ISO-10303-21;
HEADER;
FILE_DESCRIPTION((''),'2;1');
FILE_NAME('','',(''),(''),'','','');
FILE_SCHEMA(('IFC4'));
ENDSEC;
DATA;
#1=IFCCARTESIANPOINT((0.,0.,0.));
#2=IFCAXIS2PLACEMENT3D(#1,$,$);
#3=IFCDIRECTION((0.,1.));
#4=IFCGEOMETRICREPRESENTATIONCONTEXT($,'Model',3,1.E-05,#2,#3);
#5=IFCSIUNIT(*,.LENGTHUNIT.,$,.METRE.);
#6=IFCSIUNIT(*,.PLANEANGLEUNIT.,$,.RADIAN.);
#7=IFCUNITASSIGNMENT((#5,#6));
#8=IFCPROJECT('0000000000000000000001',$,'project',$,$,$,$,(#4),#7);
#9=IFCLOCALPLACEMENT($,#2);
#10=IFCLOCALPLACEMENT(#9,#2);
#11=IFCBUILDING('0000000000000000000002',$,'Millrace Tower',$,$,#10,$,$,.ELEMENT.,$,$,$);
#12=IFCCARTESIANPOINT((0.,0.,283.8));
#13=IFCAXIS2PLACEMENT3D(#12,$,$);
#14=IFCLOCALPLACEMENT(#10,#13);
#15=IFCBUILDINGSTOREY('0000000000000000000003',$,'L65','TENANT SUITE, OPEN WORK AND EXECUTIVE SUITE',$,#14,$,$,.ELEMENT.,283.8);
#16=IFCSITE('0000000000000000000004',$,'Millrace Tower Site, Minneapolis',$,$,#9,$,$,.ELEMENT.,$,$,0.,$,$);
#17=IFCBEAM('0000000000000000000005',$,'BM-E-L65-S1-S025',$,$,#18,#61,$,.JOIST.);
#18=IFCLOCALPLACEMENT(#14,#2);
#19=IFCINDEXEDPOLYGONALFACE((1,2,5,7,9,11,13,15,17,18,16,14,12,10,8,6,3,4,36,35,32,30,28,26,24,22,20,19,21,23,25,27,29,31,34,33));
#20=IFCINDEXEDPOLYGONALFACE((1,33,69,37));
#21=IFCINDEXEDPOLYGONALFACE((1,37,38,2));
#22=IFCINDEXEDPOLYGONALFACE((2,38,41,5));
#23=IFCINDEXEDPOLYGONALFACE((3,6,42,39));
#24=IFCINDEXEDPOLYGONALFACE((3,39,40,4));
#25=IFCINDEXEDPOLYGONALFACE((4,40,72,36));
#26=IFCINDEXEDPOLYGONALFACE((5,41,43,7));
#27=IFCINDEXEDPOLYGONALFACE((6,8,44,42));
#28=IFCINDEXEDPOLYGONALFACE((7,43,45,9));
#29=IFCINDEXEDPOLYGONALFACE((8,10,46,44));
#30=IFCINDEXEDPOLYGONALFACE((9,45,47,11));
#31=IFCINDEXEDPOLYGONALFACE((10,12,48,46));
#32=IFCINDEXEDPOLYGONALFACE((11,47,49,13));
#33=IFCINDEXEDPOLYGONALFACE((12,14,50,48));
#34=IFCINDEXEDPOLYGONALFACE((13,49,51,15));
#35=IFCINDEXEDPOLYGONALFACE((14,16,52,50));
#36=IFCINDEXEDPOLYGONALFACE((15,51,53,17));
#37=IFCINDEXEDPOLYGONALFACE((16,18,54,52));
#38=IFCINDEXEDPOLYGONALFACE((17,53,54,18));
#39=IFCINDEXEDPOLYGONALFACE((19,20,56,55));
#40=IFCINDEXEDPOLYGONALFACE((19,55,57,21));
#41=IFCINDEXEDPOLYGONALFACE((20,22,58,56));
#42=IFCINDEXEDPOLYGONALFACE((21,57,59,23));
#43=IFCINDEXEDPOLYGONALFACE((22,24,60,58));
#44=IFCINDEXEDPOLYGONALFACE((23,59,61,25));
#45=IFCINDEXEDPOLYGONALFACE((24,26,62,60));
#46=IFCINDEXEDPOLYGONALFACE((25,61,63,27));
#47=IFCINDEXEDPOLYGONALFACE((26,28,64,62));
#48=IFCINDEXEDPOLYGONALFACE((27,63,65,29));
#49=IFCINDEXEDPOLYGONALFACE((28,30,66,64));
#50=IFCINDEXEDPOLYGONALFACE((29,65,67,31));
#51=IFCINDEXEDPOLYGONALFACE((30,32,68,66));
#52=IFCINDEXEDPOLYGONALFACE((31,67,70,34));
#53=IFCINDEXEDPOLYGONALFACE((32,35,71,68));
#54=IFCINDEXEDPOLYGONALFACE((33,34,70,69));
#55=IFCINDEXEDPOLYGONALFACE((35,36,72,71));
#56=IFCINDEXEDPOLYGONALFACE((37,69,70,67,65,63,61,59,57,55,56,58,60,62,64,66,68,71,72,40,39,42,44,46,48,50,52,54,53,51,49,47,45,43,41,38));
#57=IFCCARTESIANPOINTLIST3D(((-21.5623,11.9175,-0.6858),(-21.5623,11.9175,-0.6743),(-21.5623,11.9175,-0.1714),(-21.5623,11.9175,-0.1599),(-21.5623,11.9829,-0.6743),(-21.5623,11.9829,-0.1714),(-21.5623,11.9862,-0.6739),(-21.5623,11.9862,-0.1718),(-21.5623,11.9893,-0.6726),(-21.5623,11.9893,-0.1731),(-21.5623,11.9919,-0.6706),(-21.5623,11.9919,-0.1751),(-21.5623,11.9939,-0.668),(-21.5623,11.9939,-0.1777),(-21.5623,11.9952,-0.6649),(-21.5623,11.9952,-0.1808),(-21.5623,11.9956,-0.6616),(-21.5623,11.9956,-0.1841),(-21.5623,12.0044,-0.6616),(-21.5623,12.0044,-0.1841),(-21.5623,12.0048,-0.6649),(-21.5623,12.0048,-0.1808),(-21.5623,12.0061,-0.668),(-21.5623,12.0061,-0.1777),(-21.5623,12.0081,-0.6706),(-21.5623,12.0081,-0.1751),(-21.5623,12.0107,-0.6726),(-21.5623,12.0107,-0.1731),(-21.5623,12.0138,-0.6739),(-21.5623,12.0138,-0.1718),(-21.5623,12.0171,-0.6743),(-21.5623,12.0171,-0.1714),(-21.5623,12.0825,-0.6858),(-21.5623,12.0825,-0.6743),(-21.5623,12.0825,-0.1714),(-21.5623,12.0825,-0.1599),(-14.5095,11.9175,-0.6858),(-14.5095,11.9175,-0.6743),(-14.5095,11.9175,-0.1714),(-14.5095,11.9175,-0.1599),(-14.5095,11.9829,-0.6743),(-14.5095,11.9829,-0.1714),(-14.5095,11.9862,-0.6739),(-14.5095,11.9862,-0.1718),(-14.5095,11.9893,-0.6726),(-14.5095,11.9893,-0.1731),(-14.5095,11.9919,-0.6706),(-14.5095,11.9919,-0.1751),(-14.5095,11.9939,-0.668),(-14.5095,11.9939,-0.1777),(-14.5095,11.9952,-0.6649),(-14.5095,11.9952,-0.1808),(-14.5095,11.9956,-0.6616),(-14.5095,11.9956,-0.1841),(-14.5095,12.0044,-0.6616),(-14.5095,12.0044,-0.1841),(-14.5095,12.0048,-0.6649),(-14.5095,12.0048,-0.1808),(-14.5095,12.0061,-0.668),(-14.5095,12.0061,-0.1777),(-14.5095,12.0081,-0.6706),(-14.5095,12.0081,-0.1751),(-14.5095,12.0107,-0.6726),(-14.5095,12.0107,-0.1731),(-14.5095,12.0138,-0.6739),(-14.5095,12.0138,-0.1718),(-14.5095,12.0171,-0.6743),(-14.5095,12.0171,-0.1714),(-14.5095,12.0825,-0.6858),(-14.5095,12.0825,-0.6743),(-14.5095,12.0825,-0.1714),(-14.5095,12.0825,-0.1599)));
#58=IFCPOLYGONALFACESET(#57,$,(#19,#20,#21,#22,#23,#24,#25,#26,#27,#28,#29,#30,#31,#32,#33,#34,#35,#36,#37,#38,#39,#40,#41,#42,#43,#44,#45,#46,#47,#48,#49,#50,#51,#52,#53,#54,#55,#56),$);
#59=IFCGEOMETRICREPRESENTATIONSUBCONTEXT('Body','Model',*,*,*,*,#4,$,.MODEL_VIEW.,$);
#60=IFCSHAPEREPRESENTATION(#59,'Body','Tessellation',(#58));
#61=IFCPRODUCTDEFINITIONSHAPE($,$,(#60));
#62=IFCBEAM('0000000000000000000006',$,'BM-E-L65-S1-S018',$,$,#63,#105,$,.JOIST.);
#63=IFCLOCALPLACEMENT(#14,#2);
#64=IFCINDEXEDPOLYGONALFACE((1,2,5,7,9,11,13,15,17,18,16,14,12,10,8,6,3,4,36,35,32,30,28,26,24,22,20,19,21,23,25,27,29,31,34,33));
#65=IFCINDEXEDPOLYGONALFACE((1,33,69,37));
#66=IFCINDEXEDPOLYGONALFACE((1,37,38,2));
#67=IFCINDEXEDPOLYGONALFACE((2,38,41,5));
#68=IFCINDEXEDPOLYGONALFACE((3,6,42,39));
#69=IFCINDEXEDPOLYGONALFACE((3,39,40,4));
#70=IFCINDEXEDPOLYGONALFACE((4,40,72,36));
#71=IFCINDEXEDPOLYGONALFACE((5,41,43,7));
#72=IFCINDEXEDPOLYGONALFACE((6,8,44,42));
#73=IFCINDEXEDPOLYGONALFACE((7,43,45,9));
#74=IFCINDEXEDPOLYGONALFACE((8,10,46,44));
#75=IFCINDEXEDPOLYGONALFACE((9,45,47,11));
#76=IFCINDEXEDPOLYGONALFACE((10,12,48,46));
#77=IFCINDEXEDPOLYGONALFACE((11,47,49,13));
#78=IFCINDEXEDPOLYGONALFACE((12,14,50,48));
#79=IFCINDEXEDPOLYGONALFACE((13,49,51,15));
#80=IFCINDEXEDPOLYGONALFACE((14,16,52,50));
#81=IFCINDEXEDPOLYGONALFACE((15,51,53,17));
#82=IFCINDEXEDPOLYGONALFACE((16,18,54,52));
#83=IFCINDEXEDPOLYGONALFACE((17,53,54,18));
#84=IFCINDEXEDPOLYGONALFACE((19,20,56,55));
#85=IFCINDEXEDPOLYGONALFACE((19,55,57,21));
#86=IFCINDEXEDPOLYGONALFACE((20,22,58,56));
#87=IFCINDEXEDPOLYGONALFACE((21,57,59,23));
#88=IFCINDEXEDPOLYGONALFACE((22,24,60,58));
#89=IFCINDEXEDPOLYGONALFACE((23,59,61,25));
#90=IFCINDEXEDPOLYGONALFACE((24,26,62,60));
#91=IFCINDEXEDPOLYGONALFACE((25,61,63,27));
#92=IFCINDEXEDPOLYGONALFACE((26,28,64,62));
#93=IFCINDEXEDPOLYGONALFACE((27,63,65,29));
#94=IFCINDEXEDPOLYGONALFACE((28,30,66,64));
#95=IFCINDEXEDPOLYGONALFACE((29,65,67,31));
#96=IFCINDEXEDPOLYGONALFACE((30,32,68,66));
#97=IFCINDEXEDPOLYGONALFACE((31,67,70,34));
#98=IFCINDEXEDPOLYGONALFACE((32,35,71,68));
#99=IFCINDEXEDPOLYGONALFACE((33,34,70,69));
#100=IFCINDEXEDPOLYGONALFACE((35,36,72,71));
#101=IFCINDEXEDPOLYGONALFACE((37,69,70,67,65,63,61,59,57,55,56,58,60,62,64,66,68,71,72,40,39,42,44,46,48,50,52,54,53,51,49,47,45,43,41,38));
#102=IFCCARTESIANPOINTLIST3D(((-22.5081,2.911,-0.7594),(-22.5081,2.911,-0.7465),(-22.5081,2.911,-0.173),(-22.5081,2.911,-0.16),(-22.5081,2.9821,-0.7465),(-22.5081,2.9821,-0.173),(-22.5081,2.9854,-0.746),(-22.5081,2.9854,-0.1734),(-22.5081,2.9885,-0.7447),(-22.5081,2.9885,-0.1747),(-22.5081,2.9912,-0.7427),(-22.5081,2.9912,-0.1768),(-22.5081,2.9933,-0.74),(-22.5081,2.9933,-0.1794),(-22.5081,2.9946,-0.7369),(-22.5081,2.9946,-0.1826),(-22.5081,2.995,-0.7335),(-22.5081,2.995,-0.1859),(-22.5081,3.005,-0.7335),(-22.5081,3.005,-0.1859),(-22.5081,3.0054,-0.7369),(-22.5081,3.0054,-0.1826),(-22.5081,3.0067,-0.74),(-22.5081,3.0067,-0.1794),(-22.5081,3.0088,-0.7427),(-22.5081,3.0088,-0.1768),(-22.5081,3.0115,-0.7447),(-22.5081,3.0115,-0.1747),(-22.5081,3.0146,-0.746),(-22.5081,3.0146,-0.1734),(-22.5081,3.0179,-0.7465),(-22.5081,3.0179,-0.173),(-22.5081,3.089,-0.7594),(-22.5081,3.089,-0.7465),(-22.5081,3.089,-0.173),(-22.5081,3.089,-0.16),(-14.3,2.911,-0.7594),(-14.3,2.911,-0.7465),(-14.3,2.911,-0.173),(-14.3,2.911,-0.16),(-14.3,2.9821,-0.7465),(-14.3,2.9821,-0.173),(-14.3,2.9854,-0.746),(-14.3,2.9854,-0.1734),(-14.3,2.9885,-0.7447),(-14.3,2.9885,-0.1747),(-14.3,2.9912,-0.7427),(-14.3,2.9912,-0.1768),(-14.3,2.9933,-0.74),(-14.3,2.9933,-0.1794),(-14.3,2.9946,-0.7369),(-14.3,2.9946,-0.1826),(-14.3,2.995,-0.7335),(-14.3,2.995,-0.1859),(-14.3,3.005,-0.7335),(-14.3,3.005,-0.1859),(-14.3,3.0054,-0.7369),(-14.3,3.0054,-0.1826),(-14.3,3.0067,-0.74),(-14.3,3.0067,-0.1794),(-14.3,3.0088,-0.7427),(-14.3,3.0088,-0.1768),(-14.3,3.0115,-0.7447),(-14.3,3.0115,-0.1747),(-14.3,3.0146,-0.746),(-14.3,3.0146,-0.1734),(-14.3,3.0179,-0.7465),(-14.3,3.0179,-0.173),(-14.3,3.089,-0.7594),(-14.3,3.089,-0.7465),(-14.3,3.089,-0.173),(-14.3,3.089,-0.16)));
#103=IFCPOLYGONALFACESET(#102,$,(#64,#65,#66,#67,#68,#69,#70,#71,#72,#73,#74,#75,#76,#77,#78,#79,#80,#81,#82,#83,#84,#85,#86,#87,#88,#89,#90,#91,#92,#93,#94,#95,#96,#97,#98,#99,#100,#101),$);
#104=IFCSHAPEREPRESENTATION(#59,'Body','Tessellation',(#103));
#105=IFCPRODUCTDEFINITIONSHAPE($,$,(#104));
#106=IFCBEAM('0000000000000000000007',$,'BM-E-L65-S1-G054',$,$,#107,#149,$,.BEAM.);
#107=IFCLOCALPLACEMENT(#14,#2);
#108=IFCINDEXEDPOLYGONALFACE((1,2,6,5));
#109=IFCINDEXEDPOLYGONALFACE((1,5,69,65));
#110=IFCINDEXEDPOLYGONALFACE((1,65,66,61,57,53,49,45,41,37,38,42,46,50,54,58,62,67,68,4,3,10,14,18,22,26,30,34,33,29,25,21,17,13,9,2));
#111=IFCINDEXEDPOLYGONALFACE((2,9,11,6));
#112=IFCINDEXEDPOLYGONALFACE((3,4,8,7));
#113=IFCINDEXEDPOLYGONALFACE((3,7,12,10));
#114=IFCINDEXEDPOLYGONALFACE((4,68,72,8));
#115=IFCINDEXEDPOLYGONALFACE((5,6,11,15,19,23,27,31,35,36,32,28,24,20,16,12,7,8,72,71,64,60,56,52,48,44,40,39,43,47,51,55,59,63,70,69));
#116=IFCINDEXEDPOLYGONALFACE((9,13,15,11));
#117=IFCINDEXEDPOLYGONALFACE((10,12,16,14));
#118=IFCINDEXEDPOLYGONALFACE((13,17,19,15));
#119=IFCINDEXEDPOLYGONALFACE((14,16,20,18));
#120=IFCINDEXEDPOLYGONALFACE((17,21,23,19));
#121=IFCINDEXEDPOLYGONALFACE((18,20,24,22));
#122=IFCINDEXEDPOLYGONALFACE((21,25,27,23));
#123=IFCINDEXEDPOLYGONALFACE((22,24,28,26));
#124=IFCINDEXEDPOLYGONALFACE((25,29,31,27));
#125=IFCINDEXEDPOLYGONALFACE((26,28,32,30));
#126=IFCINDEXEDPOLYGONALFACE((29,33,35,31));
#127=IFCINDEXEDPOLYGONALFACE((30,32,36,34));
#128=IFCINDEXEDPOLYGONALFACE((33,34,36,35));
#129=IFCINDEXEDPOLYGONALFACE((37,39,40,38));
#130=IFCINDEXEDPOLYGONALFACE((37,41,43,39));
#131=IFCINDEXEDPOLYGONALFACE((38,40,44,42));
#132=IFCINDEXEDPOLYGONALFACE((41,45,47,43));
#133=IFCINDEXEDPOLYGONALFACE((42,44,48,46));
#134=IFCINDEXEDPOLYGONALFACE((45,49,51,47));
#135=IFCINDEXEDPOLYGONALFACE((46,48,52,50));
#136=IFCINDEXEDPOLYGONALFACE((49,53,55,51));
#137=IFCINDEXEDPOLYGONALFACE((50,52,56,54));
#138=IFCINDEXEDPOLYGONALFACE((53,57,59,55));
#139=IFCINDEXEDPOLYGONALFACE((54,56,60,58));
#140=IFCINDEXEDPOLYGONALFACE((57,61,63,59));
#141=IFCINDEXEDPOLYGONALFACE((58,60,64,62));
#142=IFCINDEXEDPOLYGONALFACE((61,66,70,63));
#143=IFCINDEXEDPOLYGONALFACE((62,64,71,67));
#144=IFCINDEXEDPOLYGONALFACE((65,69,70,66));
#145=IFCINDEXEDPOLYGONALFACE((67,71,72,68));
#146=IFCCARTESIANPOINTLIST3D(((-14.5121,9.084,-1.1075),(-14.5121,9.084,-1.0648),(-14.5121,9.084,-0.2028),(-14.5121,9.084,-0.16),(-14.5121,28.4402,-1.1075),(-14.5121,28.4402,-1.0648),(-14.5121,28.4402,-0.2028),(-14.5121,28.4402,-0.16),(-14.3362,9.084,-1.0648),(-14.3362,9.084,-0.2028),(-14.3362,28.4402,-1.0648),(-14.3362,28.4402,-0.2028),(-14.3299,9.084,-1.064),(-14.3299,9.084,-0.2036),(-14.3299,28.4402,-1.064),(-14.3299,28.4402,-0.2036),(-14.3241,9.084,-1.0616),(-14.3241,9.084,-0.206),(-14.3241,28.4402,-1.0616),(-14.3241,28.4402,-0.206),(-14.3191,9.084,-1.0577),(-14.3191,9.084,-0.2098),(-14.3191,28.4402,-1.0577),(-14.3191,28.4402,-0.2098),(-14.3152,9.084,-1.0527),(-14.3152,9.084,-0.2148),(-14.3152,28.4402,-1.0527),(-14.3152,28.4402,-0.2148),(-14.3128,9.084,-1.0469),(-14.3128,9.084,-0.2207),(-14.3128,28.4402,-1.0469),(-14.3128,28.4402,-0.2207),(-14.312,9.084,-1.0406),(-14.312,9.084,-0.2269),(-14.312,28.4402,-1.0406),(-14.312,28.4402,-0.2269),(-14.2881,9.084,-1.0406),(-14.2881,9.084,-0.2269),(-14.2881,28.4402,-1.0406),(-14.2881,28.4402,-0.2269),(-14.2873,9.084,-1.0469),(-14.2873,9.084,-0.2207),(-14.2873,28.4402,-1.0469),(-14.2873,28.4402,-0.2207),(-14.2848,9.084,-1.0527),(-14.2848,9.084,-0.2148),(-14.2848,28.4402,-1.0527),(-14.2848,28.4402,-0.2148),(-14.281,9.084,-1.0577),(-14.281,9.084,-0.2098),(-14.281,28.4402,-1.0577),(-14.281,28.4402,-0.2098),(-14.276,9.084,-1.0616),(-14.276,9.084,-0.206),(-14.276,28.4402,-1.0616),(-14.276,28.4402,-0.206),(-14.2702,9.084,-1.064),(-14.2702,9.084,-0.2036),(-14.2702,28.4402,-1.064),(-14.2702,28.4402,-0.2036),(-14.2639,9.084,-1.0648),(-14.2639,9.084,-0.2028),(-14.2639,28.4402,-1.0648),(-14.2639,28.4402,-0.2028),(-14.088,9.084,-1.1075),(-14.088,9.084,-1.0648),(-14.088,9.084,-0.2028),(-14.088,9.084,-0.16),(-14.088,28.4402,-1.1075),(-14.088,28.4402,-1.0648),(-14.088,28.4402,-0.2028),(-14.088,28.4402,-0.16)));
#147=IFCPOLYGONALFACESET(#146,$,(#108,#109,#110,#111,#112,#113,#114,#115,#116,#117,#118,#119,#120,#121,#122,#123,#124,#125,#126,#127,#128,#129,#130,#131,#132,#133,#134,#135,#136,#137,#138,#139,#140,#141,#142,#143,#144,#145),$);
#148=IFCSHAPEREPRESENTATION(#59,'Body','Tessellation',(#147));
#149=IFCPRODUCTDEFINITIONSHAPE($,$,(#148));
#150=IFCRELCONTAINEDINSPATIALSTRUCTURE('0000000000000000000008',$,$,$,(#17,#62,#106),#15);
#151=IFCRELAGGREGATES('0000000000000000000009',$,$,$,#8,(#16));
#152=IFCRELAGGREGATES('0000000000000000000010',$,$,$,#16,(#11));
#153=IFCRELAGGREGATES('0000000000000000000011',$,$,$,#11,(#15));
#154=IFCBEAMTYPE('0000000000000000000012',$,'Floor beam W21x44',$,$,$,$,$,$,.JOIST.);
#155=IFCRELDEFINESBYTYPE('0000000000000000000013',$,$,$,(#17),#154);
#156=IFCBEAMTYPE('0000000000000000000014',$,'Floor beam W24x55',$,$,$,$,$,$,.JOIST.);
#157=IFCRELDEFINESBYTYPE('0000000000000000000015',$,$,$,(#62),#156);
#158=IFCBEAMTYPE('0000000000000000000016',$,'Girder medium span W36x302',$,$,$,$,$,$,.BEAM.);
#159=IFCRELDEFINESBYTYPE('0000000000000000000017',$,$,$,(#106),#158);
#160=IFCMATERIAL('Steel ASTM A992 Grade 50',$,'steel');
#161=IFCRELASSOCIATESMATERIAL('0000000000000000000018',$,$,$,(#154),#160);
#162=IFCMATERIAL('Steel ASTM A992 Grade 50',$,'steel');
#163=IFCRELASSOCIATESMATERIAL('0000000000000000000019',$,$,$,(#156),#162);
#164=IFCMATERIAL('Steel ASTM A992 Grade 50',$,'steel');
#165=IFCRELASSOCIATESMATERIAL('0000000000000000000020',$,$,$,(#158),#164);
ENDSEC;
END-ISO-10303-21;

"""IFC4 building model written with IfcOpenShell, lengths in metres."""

from ifc_helpers import new_model, si_unit, direction, frame, origin, origin_2d, place, context, subcontext, project, spatial, i_section, extrude, material, material_profile, profile_set, type_object, element, save


model = new_model("IFC4")

# Units and contexts
model_context = context("Model", 3, precision=1e-05, world=origin(), true_north=direction((0.0, 1.0)))
body_context = subcontext(model_context, "Body", "Model", "MODEL_VIEW")
ifc_project = project(units=[si_unit("LENGTHUNIT", "METRE"), si_unit("PLANEANGLEUNIT", "RADIAN")], contexts=[model_context])

# Site, building, storey
site_placement = place(None, origin())
site = spatial("IfcSite", under=ifc_project, at=site_placement, Name="Millrace Tower Site, Minneapolis", CompositionType="ELEMENT", RefElevation=0.0)
building_placement = place(site_placement, origin())
building = spatial("IfcBuilding", under=site, at=building_placement, Name="Millrace Tower", CompositionType="ELEMENT")
storey_placement = place(building_placement, frame((0.0, 0.0, 283.8)))
storey = spatial("IfcBuildingStorey", under=building, at=storey_placement, Name="L65", Description="TENANT SUITE, OPEN WORK AND EXECUTIVE SUITE", CompositionType="ELEMENT", Elevation=283.8)

# Beams
ifc_material_1 = material(Name="Steel ASTM A992 Grade 50", Category="steel")
ifc_material_profile_1 = material_profile(ifc_material_1, i_section(OverallWidth=0.165, OverallDepth=0.5259, WebThickness=0.0088, FlangeThickness=0.0115, FilletRadius=0.0127, at=origin_2d()))
ifc_profile_set_1 = profile_set([ifc_material_profile_1], Name="Steel ASTM A992 Grade 50")
beam_type_1 = type_object("IfcBeamType", Name="Floor beam W21x44", PredefinedType="JOIST", material=ifc_profile_set_1)
beam_1_placement = place(storey_placement, frame((-21.5623, 12.0, -0.4229), z_axis=(1.0, 0.0, 0.0), x_axis=(0.0, 1.0, 0.0)))
element("IfcBeam", 1, at=beam_1_placement, inside=storey, type_object=beam_type_1, Name="BM-E-L65-S1-S025", PredefinedType="JOIST", context=body_context, shape_type="SweptSolid", body=[
    extrude(i_section(OverallWidth=0.165, OverallDepth=0.5259, WebThickness=0.0088, FlangeThickness=0.0115, FilletRadius=0.0127, at=origin_2d()), origin(), (0.0, 0.0, 1.0), 7.0527),
])
ifc_material_2 = material(Name="Steel ASTM A992 Grade 50", Category="steel")
ifc_material_profile_2 = material_profile(ifc_material_2, i_section(OverallWidth=0.178, OverallDepth=0.5994, WebThickness=0.01, FlangeThickness=0.0129, FilletRadius=0.0129, at=origin_2d()))
ifc_profile_set_2 = profile_set([ifc_material_profile_2], Name="Steel ASTM A992 Grade 50")
beam_type_2 = type_object("IfcBeamType", Name="Floor beam W24x55", PredefinedType="JOIST", material=ifc_profile_set_2)
beam_2_placement = place(storey_placement, frame((-22.5081, 3.0, -0.4597), z_axis=(1.0, 0.0, 0.0), x_axis=(0.0, 1.0, 0.0)))
element("IfcBeam", 2, at=beam_2_placement, inside=storey, type_object=beam_type_2, Name="BM-E-L65-S1-S018", PredefinedType="JOIST", context=body_context, shape_type="SweptSolid", body=[
    extrude(i_section(OverallWidth=0.178, OverallDepth=0.5994, WebThickness=0.01, FlangeThickness=0.0129, FilletRadius=0.0129, at=origin_2d()), origin(), (0.0, 0.0, 1.0), 8.208),
])
ifc_material_3 = material(Name="Steel ASTM A992 Grade 50", Category="steel")
ifc_material_profile_3 = material_profile(ifc_material_3, i_section(OverallWidth=0.4241, OverallDepth=0.9475, WebThickness=0.0239, FlangeThickness=0.0427, FilletRadius=0.0242, at=origin_2d()))
ifc_profile_set_3 = profile_set([ifc_material_profile_3], Name="Steel ASTM A992 Grade 50")
beam_type_3 = type_object("IfcBeamType", Name="Girder medium span W36x302", PredefinedType="BEAM", material=ifc_profile_set_3)
beam_3_placement = place(storey_placement, frame((-14.3, 9.084, -0.6338), z_axis=(0.0, 1.0, 0.0), x_axis=(-1.0, 0.0, 0.0)))
element("IfcBeam", 3, at=beam_3_placement, inside=storey, type_object=beam_type_3, Name="BM-E-L65-S1-G054", PredefinedType="BEAM", context=body_context, shape_type="SweptSolid", body=[
    extrude(i_section(OverallWidth=0.4241, OverallDepth=0.9475, WebThickness=0.0239, FlangeThickness=0.0427, FilletRadius=0.0242, at=origin_2d()), origin(), (0.0, 0.0, 1.0), 19.3562),
])

save(model, "model.ifc")
